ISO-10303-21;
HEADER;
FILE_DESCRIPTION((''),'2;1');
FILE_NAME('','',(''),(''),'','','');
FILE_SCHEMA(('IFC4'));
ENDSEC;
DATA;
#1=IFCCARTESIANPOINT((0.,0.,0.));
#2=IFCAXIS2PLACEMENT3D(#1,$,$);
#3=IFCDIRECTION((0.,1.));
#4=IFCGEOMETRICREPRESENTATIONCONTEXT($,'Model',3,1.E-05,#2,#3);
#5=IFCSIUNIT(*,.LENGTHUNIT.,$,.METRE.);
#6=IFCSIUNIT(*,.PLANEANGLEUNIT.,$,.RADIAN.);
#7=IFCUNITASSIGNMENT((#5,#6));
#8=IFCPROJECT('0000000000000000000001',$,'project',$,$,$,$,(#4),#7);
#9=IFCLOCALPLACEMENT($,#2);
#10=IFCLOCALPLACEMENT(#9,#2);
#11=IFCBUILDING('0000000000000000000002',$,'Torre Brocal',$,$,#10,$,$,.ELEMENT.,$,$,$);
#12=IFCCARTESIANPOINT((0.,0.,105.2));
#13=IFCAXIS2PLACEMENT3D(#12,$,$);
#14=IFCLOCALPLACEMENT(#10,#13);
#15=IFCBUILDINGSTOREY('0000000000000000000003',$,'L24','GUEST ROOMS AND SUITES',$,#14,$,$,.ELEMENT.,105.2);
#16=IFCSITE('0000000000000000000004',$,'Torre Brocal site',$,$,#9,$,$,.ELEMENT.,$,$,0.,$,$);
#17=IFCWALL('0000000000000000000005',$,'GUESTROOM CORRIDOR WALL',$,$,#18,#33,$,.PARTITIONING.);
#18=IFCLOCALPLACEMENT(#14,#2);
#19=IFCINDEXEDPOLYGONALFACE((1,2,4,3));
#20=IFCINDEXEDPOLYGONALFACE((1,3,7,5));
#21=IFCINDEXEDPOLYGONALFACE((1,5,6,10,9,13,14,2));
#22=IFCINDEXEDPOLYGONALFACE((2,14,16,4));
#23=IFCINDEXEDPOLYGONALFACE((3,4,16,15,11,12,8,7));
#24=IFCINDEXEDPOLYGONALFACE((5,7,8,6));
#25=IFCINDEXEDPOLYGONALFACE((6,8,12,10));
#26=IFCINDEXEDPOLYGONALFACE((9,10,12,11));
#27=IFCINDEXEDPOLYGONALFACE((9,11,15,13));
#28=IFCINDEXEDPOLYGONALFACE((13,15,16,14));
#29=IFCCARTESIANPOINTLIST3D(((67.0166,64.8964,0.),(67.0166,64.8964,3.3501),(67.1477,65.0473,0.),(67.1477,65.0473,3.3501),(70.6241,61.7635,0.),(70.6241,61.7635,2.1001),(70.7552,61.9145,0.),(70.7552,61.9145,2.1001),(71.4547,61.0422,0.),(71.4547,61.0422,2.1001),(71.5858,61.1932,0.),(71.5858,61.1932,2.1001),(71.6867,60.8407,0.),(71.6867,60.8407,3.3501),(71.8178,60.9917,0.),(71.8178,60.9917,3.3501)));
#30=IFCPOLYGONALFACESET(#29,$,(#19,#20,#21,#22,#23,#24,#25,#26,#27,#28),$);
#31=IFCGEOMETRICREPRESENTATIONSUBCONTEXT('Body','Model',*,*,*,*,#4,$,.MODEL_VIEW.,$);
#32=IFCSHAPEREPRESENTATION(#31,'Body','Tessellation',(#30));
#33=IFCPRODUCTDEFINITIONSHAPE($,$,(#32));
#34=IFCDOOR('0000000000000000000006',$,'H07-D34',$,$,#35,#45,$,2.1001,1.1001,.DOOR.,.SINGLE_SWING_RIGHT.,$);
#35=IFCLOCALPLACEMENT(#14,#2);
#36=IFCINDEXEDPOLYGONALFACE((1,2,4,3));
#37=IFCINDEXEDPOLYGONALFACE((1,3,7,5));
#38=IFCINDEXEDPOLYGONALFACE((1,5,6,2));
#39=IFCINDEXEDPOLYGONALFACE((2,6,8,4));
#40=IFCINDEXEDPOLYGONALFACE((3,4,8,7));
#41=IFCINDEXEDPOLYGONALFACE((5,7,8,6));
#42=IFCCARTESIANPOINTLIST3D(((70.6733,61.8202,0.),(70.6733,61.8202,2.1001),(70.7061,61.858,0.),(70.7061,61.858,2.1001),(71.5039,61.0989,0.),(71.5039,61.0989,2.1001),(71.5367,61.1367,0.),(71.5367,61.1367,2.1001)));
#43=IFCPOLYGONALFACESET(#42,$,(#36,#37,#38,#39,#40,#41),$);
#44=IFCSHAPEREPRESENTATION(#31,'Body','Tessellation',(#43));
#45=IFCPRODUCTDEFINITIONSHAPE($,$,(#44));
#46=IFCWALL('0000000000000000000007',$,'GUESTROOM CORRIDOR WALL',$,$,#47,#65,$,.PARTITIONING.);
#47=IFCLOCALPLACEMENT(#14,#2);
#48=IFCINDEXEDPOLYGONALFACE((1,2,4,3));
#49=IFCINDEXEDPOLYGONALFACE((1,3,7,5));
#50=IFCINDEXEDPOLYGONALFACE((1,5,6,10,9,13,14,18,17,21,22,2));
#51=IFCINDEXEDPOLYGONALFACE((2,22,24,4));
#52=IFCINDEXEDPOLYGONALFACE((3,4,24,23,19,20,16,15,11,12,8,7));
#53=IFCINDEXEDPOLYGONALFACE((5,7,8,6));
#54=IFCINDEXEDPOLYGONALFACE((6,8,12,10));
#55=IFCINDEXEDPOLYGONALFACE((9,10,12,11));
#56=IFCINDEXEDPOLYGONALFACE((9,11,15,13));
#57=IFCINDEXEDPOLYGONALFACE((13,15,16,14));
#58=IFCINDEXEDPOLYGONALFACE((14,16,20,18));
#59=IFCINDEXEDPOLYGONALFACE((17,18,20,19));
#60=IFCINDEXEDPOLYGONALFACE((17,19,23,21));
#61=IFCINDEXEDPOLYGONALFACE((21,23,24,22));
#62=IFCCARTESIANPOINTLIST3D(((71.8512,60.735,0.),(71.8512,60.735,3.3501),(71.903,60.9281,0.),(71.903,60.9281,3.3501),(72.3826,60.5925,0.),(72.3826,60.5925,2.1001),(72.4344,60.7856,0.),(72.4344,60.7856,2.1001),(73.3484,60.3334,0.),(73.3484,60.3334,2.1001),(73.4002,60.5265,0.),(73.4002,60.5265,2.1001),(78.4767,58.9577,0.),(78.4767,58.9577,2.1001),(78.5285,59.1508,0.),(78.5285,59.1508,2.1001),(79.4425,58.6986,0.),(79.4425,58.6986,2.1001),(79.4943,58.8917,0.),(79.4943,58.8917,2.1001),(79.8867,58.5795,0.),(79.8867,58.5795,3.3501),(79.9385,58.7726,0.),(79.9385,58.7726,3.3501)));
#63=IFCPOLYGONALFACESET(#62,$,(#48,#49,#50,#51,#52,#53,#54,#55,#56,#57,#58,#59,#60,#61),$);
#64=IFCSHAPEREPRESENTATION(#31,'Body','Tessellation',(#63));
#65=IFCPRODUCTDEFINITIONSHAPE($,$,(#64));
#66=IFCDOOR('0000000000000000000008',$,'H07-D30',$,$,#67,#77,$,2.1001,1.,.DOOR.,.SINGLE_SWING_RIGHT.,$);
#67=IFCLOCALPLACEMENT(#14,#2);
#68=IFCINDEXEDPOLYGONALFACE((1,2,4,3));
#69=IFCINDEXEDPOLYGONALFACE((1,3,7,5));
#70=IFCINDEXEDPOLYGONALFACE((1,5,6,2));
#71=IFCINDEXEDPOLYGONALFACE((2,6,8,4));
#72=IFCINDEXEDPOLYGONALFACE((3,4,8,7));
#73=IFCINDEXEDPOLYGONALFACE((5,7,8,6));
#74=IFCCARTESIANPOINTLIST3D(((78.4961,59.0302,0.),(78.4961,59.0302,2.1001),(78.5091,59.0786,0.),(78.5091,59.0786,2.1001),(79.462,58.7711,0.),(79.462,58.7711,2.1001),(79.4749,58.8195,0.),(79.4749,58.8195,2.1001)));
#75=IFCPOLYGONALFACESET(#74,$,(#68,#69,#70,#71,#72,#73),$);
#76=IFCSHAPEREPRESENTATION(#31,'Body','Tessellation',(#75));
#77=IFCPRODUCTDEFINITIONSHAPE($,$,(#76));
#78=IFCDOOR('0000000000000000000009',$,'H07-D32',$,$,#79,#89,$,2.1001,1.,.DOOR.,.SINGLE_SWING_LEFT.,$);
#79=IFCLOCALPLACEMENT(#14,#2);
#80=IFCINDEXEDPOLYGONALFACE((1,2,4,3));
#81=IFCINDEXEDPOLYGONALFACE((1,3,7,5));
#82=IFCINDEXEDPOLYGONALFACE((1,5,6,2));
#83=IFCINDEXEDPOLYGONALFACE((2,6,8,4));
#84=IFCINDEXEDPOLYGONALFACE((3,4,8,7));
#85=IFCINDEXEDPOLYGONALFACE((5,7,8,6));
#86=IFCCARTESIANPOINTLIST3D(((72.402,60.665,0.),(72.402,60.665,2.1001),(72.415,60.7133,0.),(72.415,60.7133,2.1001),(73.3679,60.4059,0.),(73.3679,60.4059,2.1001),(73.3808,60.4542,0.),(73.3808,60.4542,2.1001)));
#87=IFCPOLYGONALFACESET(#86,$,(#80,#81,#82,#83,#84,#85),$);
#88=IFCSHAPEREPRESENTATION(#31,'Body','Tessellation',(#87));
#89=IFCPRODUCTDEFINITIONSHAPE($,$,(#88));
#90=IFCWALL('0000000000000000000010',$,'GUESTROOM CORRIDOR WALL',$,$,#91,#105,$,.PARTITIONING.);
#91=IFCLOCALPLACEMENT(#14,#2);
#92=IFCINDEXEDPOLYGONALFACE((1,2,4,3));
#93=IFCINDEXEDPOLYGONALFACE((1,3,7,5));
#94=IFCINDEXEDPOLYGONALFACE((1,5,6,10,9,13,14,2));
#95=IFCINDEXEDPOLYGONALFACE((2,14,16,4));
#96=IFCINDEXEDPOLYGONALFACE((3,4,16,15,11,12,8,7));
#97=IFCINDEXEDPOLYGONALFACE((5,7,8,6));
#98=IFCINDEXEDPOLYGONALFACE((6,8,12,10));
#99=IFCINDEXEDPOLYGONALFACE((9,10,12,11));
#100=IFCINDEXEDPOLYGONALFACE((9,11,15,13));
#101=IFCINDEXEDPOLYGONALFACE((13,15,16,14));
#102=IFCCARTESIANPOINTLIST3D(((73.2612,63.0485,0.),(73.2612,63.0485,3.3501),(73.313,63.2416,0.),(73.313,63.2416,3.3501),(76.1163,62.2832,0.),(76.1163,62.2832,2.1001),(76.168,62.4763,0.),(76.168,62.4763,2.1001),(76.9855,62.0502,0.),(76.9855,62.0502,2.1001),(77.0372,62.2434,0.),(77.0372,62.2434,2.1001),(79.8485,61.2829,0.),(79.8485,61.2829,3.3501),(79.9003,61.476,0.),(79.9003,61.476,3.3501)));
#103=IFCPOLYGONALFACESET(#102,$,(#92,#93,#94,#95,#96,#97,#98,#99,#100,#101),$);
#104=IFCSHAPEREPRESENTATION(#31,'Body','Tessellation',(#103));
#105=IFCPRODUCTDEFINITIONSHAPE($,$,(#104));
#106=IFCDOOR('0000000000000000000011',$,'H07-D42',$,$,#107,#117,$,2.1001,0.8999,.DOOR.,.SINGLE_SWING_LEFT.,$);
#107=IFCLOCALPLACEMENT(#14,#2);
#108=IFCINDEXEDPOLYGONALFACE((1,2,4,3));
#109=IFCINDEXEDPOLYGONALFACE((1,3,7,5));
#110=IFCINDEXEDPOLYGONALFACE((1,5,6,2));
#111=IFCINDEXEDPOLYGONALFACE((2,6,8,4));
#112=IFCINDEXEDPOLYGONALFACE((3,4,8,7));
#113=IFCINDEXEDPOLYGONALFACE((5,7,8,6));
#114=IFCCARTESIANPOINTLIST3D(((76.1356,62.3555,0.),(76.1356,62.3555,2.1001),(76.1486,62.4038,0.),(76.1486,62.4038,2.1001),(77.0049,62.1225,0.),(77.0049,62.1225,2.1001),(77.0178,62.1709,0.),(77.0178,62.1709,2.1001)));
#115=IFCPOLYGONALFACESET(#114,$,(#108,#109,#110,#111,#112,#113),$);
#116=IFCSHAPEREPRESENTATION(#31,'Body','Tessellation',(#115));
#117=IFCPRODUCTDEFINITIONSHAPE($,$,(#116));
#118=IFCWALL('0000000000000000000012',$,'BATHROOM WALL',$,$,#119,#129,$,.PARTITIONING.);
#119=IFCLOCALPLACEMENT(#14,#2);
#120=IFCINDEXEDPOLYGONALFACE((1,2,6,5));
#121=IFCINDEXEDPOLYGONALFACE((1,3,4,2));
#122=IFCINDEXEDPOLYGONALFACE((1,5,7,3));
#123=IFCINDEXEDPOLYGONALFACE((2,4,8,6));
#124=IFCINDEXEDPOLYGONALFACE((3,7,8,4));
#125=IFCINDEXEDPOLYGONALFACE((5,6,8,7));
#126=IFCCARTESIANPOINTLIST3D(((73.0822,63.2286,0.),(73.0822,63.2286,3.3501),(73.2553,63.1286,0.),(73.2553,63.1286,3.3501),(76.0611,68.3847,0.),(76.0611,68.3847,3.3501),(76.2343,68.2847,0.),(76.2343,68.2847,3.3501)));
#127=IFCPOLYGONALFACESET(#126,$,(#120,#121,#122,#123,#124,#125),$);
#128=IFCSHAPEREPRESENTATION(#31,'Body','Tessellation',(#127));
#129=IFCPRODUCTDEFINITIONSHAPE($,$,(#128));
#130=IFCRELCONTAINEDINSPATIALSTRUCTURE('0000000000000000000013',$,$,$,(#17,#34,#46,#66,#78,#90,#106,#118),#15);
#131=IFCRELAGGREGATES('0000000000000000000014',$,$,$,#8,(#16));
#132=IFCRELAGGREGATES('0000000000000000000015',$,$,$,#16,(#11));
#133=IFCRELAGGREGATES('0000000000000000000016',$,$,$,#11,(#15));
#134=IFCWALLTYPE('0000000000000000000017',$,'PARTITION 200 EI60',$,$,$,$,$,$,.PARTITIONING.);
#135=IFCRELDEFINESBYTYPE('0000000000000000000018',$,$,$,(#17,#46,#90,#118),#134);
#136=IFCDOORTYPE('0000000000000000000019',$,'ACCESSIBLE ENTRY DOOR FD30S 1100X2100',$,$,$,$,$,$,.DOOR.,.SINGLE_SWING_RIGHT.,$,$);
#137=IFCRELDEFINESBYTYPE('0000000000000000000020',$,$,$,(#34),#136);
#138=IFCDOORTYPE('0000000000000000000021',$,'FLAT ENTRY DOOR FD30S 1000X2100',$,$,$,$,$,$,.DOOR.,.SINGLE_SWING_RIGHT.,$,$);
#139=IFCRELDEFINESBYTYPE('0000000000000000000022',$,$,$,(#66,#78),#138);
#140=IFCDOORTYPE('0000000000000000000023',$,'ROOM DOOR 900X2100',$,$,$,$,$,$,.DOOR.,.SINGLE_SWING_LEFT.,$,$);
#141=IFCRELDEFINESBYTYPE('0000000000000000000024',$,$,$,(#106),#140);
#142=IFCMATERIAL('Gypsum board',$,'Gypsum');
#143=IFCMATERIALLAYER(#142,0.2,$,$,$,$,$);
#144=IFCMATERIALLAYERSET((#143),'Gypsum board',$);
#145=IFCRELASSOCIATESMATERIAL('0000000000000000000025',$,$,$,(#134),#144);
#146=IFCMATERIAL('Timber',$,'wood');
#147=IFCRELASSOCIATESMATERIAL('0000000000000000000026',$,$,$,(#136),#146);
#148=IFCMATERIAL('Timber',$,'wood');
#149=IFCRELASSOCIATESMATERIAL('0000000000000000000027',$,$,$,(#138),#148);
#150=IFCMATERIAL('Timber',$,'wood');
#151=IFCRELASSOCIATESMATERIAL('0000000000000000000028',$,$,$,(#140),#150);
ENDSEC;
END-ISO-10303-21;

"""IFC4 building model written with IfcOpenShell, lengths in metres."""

from ifc_helpers import new_model, si_unit, direction, frame, frame_2d, origin, place, context, subcontext, project, spatial, rectangle, extrude, material, layer, layer_set, type_object, element, fill, save


model = new_model("IFC4")

# Units and contexts
model_context = context("Model", 3, precision=1e-05, world=origin(), true_north=direction((0.0, 1.0)))
body_context = subcontext(model_context, "Body", "Model", "MODEL_VIEW")
ifc_project = project(units=[si_unit("LENGTHUNIT", "METRE"), si_unit("PLANEANGLEUNIT", "RADIAN")], contexts=[model_context])

# Site, building, storey
site_placement = place(None, origin())
site = spatial("IfcSite", under=ifc_project, at=site_placement, Name="Torre Brocal site", CompositionType="ELEMENT", RefElevation=0.0)
building_placement = place(site_placement, origin())
building = spatial("IfcBuilding", under=site, at=building_placement, Name="Torre Brocal", CompositionType="ELEMENT")
storey_placement = place(building_placement, frame((0.0, 0.0, 105.2)))
storey = spatial("IfcBuildingStorey", under=building, at=storey_placement, Name="L24", Description="GUEST ROOMS AND SUITES", CompositionType="ELEMENT", Elevation=105.2)

# Wall, opening, door
ifc_material_1 = material(Name="Gypsum board", Category="Gypsum")
ifc_layer_1 = layer(ifc_material_1, 0.2)
ifc_layer_set_1 = layer_set([ifc_layer_1], Name="Gypsum board")
wall_type_1 = type_object("IfcWallType", Name="PARTITION 200 EI60", PredefinedType="PARTITIONING", material=ifc_layer_set_1)
wall_1_placement = place(storey_placement, frame((67.082, 64.9719, 0.0), z_axis=(0.0, 0.0, 1.0), x_axis=(0.755034, -0.655686, 0.0)))
wall_1 = element("IfcWall", 1, at=wall_1_placement, inside=storey, type_object=wall_type_1, Name="GUESTROOM CORRIDOR WALL", PredefinedType="PARTITIONING", context=body_context, shape_type="SweptSolid", body=[
    extrude(rectangle(XDim=6.1853, YDim=0.2, at=frame_2d((3.0928, 0.0))), origin(), (0.0, 0.0, 1.0), 3.3501),
])
opening_1_placement = place(wall_1_placement, frame((4.7781, 0.0, 0.0)))
opening_1 = element("IfcOpeningElement", 2, at=opening_1_placement, cuts=wall_1, PredefinedType="OPENING", context=body_context, shape_type="SweptSolid", body=[
    extrude(rectangle(XDim=1.1001, YDim=2.1001, at=frame_2d((0.55, 1.05))), frame((0.0, 0.1099, 0.0), z_axis=(0.0, -1.0, 0.0), x_axis=(1.0, 0.0, 0.0)), (0.0, 0.0, 1.0), 0.22),
])
ifc_material_2 = material(Name="Timber", Category="wood")
door_type_1 = type_object("IfcDoorType", Name="ACCESSIBLE ENTRY DOOR FD30S 1100X2100", OperationType="SINGLE_SWING_RIGHT", PredefinedType="DOOR", material=ifc_material_2)
door_1_placement = place(opening_1_placement, frame((1.1001, 0.0, 0.0), z_axis=(0.0, 0.0, 1.0), x_axis=(-1.0, 0.0, 0.0)))
door_1 = element("IfcDoor", 3, at=door_1_placement, inside=storey, type_object=door_type_1, Name="H07-D34", OperationType="SINGLE_SWING_RIGHT", OverallHeight=2.1001, OverallWidth=1.1001, PredefinedType="DOOR", context=body_context, shape_type="SweptSolid", body=[
    extrude(rectangle(XDim=1.1001, YDim=2.1001, at=frame_2d((0.55, 1.05))), frame((0.0, 0.0249, 0.0), z_axis=(0.0, -1.0, 0.0), x_axis=(1.0, 0.0, 0.0)), (0.0, 0.0, 1.0), 0.05),
])
fill(opening_1, door_1)

# Wall, openings, doors
wall_2_placement = place(storey_placement, frame((71.8772, 60.8315, 0.0), z_axis=(0.0, 0.0, 1.0), x_axis=(0.965853, -0.259093, 0.0)))
wall_2 = element("IfcWall", 4, at=wall_2_placement, inside=storey, type_object=wall_type_1, Name="GUESTROOM CORRIDOR WALL", PredefinedType="PARTITIONING", context=body_context, shape_type="SweptSolid", body=[
    extrude(rectangle(XDim=8.3196, YDim=0.2, at=frame_2d((4.1597, 0.0))), origin(), (0.0, 0.0, 1.0), 3.3501),
])
opening_2_placement = place(wall_2_placement, frame((6.8596, 0.0, 0.0)))
opening_2 = element("IfcOpeningElement", 5, at=opening_2_placement, cuts=wall_2, PredefinedType="OPENING", context=body_context, shape_type="SweptSolid", body=[
    extrude(rectangle(XDim=1.0, YDim=2.1001, at=frame_2d((0.5, 1.05))), frame((0.0, 0.1099, 0.0), z_axis=(0.0, -1.0, 0.0), x_axis=(1.0, 0.0, 0.0)), (0.0, 0.0, 1.0), 0.22),
])
opening_3_placement = place(wall_2_placement, frame((0.55, 0.0, 0.0)))
opening_3 = element("IfcOpeningElement", 6, at=opening_3_placement, cuts=wall_2, PredefinedType="OPENING", context=body_context, shape_type="SweptSolid", body=[
    extrude(rectangle(XDim=1.0, YDim=2.1001, at=frame_2d((0.5, 1.05))), frame((0.0, 0.1099, 0.0), z_axis=(0.0, -1.0, 0.0), x_axis=(1.0, 0.0, 0.0)), (0.0, 0.0, 1.0), 0.22),
])
ifc_material_3 = material(Name="Timber", Category="wood")
door_type_2 = type_object("IfcDoorType", Name="FLAT ENTRY DOOR FD30S 1000X2100", OperationType="SINGLE_SWING_RIGHT", PredefinedType="DOOR", material=ifc_material_3)
door_2_placement = place(opening_2_placement, frame((1.0, 0.0, 0.0), z_axis=(0.0, 0.0, 1.0), x_axis=(-1.0, 0.0, 0.0)))
door_2 = element("IfcDoor", 7, at=door_2_placement, inside=storey, type_object=door_type_2, Name="H07-D30", OperationType="SINGLE_SWING_RIGHT", OverallHeight=2.1001, OverallWidth=1.0, PredefinedType="DOOR", context=body_context, shape_type="SweptSolid", body=[
    extrude(rectangle(XDim=1.0, YDim=2.1001, at=frame_2d((0.5, 1.05))), frame((0.0, 0.0249, 0.0), z_axis=(0.0, -1.0, 0.0), x_axis=(1.0, 0.0, 0.0)), (0.0, 0.0, 1.0), 0.05),
])
fill(opening_2, door_2)
door_3_placement = place(opening_3_placement, frame((1.0, 0.0, 0.0), z_axis=(0.0, 0.0, 1.0), x_axis=(-1.0, 0.0, 0.0)))
door_3 = element("IfcDoor", 8, at=door_3_placement, inside=storey, type_object=door_type_2, Name="H07-D32", OperationType="SINGLE_SWING_LEFT", OverallHeight=2.1001, OverallWidth=1.0, PredefinedType="DOOR", context=body_context, shape_type="SweptSolid", body=[
    extrude(rectangle(XDim=1.0, YDim=2.1001, at=frame_2d((0.5, 1.05))), frame((0.0, 0.0249, 0.0), z_axis=(0.0, -1.0, 0.0), x_axis=(1.0, 0.0, 0.0)), (0.0, 0.0, 1.0), 0.05),
])
fill(opening_3, door_3)

# Wall, opening, door
wall_3_placement = place(storey_placement, frame((73.2871, 63.145, 0.0), z_axis=(0.0, 0.0, 1.0), x_axis=(0.965906, -0.258892, 0.0)))
wall_3 = element("IfcWall", 9, at=wall_3_placement, inside=storey, type_object=wall_type_1, Name="GUESTROOM CORRIDOR WALL", PredefinedType="PARTITIONING", context=body_context, shape_type="SweptSolid", body=[
    extrude(rectangle(XDim=6.8198, YDim=0.2, at=frame_2d((3.4099, 0.0))), origin(), (0.0, 0.0, 1.0), 3.3501),
])
opening_4_placement = place(wall_3_placement, frame((2.9558, 0.0, 0.0)))
opening_4 = element("IfcOpeningElement", 10, at=opening_4_placement, cuts=wall_3, PredefinedType="OPENING", context=body_context, shape_type="SweptSolid", body=[
    extrude(rectangle(XDim=0.8999, YDim=2.1001, at=frame_2d((0.45, 1.05))), frame((0.0, 0.1099, 0.0), z_axis=(0.0, -1.0, 0.0), x_axis=(1.0, 0.0, 0.0)), (0.0, 0.0, 1.0), 0.22),
])
ifc_material_4 = material(Name="Timber", Category="wood")
door_type_3 = type_object("IfcDoorType", Name="ROOM DOOR 900X2100", OperationType="SINGLE_SWING_LEFT", PredefinedType="DOOR", material=ifc_material_4)
door_4_placement = place(opening_4_placement, origin())
door_4 = element("IfcDoor", 11, at=door_4_placement, inside=storey, type_object=door_type_3, Name="H07-D42", OperationType="SINGLE_SWING_LEFT", OverallHeight=2.1001, OverallWidth=0.8999, PredefinedType="DOOR", context=body_context, shape_type="SweptSolid", body=[
    extrude(rectangle(XDim=0.8999, YDim=2.1001, at=frame_2d((0.45, 1.05))), frame((0.0, 0.0249, 0.0), z_axis=(0.0, -1.0, 0.0), x_axis=(1.0, 0.0, 0.0)), (0.0, 0.0, 1.0), 0.05),
])
fill(opening_4, door_4)

# Wall
wall_4_placement = place(storey_placement, frame((73.1687, 63.1785, 0.0), z_axis=(0.0, 0.0, 1.0), x_axis=(0.500257, 0.865877, 0.0)))
element("IfcWall", 12, at=wall_4_placement, inside=storey, type_object=wall_type_1, Name="BATHROOM WALL", PredefinedType="PARTITIONING", context=body_context, shape_type="SweptSolid", body=[
    extrude(rectangle(XDim=5.9548, YDim=0.2, at=frame_2d((2.9775, 0.0))), origin(), (0.0, 0.0, 1.0), 3.3501),
])

save(model, "model.ifc")
